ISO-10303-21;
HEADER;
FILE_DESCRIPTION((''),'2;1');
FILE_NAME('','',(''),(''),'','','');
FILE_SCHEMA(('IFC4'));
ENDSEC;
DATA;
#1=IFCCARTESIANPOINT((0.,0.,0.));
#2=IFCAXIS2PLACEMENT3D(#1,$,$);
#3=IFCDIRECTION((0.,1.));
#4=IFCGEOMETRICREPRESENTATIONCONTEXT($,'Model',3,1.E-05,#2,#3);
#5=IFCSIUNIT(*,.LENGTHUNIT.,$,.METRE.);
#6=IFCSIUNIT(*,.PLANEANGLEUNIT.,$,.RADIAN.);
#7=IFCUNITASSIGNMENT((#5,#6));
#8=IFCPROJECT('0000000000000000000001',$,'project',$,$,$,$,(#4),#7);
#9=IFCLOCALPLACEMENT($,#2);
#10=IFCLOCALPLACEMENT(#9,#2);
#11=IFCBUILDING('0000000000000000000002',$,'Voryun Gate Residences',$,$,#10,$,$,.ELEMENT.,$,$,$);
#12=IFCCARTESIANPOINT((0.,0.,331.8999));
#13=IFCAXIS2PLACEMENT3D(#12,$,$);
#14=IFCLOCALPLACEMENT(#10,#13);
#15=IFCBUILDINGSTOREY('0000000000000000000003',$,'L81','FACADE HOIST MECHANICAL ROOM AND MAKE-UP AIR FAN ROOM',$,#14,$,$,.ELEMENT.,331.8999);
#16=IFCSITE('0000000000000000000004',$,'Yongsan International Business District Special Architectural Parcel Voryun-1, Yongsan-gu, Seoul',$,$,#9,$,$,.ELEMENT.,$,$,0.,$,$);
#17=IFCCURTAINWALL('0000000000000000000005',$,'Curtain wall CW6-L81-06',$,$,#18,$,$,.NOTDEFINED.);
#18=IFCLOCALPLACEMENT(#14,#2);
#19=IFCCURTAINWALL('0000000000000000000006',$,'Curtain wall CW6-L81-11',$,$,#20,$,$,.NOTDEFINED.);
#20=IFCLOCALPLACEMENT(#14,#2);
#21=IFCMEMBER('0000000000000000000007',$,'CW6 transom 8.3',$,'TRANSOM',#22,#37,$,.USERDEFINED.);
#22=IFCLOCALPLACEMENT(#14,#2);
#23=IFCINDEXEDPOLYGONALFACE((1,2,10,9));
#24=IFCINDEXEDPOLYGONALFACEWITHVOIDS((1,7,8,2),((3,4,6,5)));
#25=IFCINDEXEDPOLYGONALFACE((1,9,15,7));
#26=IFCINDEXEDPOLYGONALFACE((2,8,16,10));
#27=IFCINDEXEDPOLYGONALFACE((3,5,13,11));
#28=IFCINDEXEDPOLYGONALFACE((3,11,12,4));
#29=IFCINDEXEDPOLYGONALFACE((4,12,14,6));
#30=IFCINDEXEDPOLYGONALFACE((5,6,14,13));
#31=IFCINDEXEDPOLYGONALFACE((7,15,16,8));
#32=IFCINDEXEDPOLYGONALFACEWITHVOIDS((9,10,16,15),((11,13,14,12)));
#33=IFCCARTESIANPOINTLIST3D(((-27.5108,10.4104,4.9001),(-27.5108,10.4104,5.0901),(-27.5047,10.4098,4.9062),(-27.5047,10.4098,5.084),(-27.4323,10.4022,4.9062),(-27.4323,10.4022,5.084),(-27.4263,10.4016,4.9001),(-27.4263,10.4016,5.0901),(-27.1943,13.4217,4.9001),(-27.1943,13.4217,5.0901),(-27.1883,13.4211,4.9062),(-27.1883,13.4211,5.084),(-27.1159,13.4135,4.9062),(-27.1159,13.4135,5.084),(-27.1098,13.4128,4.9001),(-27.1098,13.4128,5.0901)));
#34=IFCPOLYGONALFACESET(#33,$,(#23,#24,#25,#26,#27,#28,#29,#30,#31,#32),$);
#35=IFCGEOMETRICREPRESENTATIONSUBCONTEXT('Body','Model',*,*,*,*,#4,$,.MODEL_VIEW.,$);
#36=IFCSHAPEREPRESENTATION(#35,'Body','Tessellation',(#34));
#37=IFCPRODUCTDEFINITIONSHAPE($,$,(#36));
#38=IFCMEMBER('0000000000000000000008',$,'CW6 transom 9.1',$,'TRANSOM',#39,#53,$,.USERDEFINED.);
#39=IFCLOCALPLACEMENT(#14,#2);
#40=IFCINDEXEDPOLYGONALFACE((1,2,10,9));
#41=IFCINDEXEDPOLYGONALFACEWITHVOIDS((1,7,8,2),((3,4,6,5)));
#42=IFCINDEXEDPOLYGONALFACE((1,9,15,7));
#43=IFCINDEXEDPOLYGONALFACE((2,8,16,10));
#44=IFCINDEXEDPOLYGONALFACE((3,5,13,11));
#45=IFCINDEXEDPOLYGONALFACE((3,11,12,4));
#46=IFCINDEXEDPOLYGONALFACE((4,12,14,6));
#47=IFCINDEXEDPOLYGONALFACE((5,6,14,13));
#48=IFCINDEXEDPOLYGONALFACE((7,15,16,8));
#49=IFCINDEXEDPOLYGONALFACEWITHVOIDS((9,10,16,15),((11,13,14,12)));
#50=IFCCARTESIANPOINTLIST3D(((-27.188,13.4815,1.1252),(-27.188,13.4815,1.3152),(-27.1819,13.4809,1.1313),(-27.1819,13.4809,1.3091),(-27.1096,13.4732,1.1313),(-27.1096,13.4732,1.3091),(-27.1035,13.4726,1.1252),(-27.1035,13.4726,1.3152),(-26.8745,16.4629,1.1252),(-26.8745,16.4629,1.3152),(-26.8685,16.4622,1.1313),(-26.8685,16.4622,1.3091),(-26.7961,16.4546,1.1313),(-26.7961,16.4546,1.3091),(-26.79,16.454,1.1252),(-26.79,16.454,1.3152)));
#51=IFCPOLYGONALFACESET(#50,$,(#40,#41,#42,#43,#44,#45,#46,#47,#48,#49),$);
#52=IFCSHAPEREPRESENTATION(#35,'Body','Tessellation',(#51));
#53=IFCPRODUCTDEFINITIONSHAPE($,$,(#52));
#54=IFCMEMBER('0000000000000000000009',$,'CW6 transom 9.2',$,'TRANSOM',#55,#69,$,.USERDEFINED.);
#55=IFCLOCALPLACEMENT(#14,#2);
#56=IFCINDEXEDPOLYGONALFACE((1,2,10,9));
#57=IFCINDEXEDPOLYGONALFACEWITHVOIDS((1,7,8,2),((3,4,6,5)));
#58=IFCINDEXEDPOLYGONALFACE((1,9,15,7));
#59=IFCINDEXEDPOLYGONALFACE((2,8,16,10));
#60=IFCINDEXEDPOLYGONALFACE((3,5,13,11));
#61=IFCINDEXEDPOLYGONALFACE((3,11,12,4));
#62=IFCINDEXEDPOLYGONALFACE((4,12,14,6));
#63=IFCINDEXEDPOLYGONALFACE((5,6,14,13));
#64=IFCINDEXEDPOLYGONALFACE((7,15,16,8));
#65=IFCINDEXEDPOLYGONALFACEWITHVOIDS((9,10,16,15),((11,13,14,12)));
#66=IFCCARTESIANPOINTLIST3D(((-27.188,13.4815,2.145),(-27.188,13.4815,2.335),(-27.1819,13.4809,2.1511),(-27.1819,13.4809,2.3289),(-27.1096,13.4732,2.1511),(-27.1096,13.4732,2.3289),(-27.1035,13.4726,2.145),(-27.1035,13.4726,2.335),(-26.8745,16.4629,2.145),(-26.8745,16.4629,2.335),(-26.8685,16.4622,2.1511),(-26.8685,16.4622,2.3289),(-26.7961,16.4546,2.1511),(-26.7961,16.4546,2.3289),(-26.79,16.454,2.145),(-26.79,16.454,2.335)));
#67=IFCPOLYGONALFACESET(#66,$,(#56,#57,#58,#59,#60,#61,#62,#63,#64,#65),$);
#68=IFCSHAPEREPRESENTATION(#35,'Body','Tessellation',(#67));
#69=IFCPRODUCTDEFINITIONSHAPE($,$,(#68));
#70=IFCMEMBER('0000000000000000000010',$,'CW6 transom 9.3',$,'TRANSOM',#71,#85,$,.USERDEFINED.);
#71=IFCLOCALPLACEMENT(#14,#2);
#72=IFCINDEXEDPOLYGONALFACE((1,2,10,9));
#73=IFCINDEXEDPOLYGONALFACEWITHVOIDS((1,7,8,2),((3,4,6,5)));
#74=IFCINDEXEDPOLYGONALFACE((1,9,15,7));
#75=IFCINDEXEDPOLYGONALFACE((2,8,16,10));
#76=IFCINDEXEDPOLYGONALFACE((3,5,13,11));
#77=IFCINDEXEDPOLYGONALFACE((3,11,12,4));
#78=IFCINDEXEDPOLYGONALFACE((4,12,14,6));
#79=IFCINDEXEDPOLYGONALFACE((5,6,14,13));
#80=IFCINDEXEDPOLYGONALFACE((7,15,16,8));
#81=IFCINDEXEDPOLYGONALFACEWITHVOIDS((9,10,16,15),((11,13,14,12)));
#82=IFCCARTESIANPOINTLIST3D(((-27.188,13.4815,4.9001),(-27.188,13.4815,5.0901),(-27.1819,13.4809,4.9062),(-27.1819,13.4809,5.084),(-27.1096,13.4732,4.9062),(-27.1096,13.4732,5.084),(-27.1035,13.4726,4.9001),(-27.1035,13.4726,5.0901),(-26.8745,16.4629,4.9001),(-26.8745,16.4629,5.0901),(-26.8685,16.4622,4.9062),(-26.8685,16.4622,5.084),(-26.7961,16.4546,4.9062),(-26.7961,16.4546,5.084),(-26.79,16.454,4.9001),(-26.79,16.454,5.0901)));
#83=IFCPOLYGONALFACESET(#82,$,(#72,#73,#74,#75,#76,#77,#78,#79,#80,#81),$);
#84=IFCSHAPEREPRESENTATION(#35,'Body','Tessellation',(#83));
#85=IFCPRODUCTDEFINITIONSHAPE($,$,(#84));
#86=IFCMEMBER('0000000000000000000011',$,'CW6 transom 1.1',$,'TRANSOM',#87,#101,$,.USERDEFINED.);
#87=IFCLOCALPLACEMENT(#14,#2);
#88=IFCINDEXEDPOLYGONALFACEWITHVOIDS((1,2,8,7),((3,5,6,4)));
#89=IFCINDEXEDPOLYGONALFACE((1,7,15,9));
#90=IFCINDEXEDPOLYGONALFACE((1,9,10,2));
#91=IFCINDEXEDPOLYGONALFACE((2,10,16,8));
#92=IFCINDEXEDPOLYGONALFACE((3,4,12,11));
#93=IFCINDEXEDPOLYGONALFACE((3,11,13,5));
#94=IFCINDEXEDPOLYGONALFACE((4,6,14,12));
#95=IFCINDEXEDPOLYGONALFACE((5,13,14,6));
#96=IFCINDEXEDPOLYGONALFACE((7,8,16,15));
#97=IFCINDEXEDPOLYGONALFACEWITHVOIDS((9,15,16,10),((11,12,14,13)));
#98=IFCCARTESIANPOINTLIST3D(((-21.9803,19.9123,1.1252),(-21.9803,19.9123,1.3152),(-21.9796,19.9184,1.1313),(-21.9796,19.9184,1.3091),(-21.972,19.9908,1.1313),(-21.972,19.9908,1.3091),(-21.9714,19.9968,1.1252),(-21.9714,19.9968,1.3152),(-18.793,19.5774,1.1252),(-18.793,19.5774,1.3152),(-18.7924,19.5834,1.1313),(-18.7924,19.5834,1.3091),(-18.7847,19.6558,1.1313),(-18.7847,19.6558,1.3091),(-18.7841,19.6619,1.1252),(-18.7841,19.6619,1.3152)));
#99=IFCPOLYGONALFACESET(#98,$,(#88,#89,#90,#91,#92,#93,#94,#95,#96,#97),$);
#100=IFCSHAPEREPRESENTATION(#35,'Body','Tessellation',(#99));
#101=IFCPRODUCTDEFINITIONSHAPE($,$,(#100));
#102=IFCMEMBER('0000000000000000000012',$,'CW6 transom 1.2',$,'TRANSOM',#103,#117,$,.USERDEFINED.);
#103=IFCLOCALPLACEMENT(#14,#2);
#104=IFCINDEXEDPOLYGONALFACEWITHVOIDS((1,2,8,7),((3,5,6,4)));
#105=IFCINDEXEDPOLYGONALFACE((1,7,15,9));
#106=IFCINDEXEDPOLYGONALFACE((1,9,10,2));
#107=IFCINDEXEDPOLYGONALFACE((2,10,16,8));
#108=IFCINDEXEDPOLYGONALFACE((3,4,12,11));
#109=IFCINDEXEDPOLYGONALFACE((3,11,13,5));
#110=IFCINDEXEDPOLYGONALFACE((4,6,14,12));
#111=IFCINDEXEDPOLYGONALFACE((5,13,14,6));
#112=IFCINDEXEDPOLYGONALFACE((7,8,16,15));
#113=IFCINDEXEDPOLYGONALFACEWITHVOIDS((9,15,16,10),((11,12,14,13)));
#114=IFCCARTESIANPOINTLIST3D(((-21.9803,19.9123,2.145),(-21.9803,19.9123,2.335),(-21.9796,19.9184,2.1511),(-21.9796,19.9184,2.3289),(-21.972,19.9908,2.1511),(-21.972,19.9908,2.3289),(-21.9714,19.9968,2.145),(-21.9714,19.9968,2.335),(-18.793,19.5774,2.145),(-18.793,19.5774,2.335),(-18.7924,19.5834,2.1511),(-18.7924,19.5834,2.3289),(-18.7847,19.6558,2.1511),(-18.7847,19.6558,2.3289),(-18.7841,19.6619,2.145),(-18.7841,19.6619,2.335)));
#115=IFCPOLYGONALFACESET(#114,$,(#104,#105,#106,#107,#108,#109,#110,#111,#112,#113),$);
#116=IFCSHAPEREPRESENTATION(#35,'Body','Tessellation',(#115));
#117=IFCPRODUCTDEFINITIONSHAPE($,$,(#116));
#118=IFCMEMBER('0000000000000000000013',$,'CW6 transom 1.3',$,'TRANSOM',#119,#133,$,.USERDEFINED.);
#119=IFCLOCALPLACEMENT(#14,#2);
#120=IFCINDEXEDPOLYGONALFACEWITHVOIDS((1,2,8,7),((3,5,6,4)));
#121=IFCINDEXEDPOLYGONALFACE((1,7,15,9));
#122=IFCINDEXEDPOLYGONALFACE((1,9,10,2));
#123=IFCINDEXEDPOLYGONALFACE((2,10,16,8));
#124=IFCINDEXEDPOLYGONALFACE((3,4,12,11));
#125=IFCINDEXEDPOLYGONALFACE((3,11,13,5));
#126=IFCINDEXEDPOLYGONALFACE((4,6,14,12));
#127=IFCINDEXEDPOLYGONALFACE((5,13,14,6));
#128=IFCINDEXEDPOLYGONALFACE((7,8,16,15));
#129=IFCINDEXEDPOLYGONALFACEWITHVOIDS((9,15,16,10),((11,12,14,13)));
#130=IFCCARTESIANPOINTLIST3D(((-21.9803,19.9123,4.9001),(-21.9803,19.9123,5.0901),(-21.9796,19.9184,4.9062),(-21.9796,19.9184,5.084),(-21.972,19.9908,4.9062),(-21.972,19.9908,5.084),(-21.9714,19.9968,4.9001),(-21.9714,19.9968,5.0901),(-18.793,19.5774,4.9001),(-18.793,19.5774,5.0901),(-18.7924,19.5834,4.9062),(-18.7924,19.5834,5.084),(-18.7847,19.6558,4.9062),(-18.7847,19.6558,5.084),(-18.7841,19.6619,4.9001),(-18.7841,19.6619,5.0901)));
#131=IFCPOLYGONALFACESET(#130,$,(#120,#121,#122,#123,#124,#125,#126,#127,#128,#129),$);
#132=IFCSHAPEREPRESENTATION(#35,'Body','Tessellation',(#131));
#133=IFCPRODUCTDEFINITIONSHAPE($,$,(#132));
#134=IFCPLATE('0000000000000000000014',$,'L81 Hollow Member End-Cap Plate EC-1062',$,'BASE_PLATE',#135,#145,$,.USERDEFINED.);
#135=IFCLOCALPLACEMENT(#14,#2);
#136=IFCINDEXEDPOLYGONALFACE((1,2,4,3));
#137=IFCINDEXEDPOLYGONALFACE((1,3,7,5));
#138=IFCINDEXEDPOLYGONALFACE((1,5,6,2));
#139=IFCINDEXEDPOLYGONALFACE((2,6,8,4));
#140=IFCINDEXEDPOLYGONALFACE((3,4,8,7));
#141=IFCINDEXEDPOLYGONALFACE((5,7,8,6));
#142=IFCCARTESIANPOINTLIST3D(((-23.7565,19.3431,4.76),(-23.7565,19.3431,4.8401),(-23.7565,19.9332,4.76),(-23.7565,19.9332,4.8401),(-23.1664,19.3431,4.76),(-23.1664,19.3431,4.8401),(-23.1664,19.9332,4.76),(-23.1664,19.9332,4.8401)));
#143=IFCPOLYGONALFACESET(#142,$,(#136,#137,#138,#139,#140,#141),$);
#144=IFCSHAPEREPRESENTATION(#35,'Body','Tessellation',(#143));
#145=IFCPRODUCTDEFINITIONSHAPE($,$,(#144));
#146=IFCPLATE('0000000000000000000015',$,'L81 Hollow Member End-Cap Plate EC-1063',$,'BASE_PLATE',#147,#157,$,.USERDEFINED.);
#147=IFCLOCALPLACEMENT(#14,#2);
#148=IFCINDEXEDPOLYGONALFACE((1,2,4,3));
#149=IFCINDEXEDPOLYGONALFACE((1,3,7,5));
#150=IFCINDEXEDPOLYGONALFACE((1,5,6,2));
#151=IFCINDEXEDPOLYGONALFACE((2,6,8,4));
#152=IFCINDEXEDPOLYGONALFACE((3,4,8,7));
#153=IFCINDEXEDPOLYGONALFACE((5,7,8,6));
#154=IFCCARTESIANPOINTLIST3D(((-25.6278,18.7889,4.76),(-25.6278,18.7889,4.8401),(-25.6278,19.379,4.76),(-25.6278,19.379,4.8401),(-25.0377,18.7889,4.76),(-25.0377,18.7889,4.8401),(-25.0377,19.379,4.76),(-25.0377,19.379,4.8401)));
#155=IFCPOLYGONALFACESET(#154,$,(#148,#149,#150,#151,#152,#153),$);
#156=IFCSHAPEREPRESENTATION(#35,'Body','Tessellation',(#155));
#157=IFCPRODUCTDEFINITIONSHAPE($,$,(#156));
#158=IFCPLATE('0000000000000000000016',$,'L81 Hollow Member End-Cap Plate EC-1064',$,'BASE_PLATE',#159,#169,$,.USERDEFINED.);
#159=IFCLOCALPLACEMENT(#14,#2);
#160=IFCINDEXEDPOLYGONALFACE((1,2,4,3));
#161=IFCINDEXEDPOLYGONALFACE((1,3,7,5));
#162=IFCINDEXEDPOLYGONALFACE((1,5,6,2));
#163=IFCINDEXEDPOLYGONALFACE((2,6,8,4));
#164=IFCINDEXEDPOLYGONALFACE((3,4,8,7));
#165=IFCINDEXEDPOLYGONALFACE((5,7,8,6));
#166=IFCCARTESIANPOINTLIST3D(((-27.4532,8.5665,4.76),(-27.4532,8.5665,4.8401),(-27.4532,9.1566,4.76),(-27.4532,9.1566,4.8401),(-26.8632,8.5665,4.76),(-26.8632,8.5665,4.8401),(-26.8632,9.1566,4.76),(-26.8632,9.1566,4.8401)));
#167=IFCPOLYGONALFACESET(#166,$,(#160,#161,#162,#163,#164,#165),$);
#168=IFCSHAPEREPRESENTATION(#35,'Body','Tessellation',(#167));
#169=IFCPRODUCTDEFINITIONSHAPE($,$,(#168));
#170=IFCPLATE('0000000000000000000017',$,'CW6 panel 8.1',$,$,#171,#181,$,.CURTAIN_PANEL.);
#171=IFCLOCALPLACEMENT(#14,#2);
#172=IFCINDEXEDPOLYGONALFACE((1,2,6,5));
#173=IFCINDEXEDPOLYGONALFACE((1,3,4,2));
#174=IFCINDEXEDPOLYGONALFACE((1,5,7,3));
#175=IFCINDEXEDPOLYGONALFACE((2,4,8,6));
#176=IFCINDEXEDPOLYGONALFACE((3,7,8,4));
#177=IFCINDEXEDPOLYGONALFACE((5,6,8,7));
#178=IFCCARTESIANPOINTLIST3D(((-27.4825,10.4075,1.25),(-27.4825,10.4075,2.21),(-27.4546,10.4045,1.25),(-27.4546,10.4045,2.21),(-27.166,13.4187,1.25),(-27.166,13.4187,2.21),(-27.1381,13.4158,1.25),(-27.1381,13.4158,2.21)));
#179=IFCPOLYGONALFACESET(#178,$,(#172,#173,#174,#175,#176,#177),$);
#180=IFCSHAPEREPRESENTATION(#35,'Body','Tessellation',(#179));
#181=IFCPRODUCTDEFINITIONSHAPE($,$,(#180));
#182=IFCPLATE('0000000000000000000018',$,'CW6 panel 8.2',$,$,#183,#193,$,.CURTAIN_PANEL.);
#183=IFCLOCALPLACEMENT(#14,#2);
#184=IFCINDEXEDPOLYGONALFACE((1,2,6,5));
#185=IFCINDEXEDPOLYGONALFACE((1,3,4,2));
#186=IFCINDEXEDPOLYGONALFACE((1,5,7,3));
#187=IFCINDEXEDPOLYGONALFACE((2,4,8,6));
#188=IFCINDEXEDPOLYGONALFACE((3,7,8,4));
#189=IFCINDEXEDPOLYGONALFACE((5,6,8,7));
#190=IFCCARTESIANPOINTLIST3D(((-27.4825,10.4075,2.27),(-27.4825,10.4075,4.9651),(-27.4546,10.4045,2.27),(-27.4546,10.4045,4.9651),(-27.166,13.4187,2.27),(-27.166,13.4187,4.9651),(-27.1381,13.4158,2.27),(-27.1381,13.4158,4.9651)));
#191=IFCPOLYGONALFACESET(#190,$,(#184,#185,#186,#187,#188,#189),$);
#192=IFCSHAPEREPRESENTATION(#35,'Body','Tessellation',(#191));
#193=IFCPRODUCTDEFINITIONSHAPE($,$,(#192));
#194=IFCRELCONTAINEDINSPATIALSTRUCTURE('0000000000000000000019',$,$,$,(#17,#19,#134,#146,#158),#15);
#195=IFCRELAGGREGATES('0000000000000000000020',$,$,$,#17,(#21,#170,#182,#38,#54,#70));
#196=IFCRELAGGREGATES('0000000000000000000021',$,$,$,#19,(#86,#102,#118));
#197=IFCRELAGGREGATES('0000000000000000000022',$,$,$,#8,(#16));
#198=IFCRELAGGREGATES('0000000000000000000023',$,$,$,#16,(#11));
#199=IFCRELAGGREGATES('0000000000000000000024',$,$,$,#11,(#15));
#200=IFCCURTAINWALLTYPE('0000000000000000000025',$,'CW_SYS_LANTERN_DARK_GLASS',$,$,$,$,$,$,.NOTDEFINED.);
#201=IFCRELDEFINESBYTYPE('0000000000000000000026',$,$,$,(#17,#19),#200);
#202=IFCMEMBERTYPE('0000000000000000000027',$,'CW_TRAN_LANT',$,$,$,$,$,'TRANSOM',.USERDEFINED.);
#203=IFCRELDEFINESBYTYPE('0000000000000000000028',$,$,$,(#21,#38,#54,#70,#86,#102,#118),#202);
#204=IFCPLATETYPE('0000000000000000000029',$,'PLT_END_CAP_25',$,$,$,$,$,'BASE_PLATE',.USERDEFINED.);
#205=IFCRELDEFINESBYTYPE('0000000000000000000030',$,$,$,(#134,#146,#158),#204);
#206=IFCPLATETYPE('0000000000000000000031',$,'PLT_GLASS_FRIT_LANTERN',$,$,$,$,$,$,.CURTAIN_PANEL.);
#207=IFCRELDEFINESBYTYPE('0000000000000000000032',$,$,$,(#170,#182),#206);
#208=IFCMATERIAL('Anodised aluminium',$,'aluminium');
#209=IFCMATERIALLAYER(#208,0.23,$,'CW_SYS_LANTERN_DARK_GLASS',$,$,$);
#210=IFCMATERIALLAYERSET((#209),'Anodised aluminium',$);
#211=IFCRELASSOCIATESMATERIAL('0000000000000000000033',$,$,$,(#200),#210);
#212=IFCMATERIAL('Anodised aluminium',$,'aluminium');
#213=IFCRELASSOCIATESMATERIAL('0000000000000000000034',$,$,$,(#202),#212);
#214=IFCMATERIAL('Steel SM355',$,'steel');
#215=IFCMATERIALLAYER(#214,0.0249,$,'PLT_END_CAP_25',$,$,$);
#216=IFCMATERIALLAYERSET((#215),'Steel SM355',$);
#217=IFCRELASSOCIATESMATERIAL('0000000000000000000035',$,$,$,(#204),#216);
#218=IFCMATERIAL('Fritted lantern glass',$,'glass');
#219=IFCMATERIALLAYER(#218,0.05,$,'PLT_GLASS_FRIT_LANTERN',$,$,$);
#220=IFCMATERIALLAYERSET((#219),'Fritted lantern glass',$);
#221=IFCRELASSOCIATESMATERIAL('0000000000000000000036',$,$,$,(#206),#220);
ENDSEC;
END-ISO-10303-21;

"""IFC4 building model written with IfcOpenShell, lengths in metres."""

from ifc_helpers import new_model, si_unit, direction, frame, origin, origin_2d, place, context, subcontext, project, spatial, rectangle, hollow_rectangle, extrude, material, layer, layer_set, material_profile, profile_set, type_object, element, aggregate, save


model = new_model("IFC4")

# Units and contexts
model_context = context("Model", 3, precision=1e-05, world=origin(), true_north=direction((0.0, 1.0)))
body_context = subcontext(model_context, "Body", "Model", "MODEL_VIEW")
ifc_project = project(units=[si_unit("LENGTHUNIT", "METRE"), si_unit("PLANEANGLEUNIT", "RADIAN")], contexts=[model_context])

# Site, building, storey
site_placement = place(None, origin())
site = spatial("IfcSite", under=ifc_project, at=site_placement, Name="Yongsan International Business District Special Architectural Parcel Voryun-1, Yongsan-gu, Seoul", CompositionType="ELEMENT", RefElevation=0.0)
building_placement = place(site_placement, origin())
building = spatial("IfcBuilding", under=site, at=building_placement, Name="Voryun Gate Residences", CompositionType="ELEMENT")
storey_placement = place(building_placement, frame((0.0, 0.0, 331.8999)))
storey = spatial("IfcBuildingStorey", under=building, at=storey_placement, Name="L81", Description="FACADE HOIST MECHANICAL ROOM AND MAKE-UP AIR FAN ROOM", CompositionType="ELEMENT", Elevation=331.8999)

# Curtain wall
ifc_material_1 = material(Name="Anodised aluminium", Category="aluminium")
ifc_layer_1 = layer(ifc_material_1, 0.23, Name="CW_SYS_LANTERN_DARK_GLASS")
ifc_layer_set_1 = layer_set([ifc_layer_1], Name="Anodised aluminium")
curtain_wall_type = type_object("IfcCurtainWallType", Name="CW_SYS_LANTERN_DARK_GLASS", PredefinedType="NOTDEFINED", material=ifc_layer_set_1)
curtain_wall_1_placement = place(storey_placement, origin())
curtain_wall_1 = element("IfcCurtainWall", 1, at=curtain_wall_1_placement, inside=storey, type_object=curtain_wall_type, Name="Curtain wall CW6-L81-06", PredefinedType="NOTDEFINED")

# Curtain wall
curtain_wall_2_placement = place(storey_placement, origin())
curtain_wall_2 = element("IfcCurtainWall", 2, at=curtain_wall_2_placement, inside=storey, type_object=curtain_wall_type, Name="Curtain wall CW6-L81-11", PredefinedType="NOTDEFINED")

# Members
ifc_material_2 = material(Name="Anodised aluminium", Category="aluminium")
ifc_material_profile_1 = material_profile(ifc_material_2, hollow_rectangle(XDim=0.085, YDim=0.1899, WallThickness=0.0061, at=origin_2d()), Name="ALU-TRAN-190x85x6")
ifc_profile_set_1 = profile_set([ifc_material_profile_1], Name="Anodised aluminium")
member_type_1 = type_object("IfcMemberType", Name="CW_TRAN_LANT", ElementType="TRANSOM", PredefinedType="USERDEFINED", material=ifc_profile_set_1)
member_1_placement = place(storey_placement, frame((-27.4685, 10.406, 4.9951), z_axis=(0.1045, 0.994525, 0.0), x_axis=(-0.994525, 0.1045, 0.0)))
member_1 = element("IfcMember", 3, at=member_1_placement, type_object=member_type_1, Name="CW6 transom 8.3", ObjectType="TRANSOM", PredefinedType="USERDEFINED", context=body_context, shape_type="SweptSolid", body=[
    extrude(hollow_rectangle(XDim=0.085, YDim=0.1899, WallThickness=0.0061, at=origin_2d()), origin(), (0.0, 0.0, 1.0), 3.0278),
])
member_2_placement = place(storey_placement, frame((-27.1458, 13.4771, 1.2202), z_axis=(0.104566, 0.994518, 0.0), x_axis=(-0.994518, 0.104566, 0.0)))
member_2 = element("IfcMember", 4, at=member_2_placement, type_object=member_type_1, Name="CW6 transom 9.1", ObjectType="TRANSOM", PredefinedType="USERDEFINED", context=body_context, shape_type="SweptSolid", body=[
    extrude(hollow_rectangle(XDim=0.085, YDim=0.1899, WallThickness=0.0061, at=origin_2d()), origin(), (0.0, 0.0, 1.0), 2.9978),
])
member_3_placement = place(storey_placement, frame((-27.1458, 13.4771, 2.24), z_axis=(0.104566, 0.994518, 0.0), x_axis=(-0.994518, 0.104566, 0.0)))
member_3 = element("IfcMember", 5, at=member_3_placement, type_object=member_type_1, Name="CW6 transom 9.2", ObjectType="TRANSOM", PredefinedType="USERDEFINED", context=body_context, shape_type="SweptSolid", body=[
    extrude(hollow_rectangle(XDim=0.085, YDim=0.1899, WallThickness=0.0061, at=origin_2d()), origin(), (0.0, 0.0, 1.0), 2.9978),
])
member_4_placement = place(storey_placement, frame((-27.1458, 13.4771, 4.9951), z_axis=(0.104566, 0.994518, 0.0), x_axis=(-0.994518, 0.104566, 0.0)))
member_4 = element("IfcMember", 6, at=member_4_placement, type_object=member_type_1, Name="CW6 transom 9.3", ObjectType="TRANSOM", PredefinedType="USERDEFINED", context=body_context, shape_type="SweptSolid", body=[
    extrude(hollow_rectangle(XDim=0.085, YDim=0.1899, WallThickness=0.0061, at=origin_2d()), origin(), (0.0, 0.0, 1.0), 2.9978),
])
member_5_placement = place(storey_placement, frame((-21.9758, 19.9546, 1.2202), z_axis=(0.994523, -0.104518, 0.0), x_axis=(0.104518, 0.994523, 0.0)))
member_5 = element("IfcMember", 7, at=member_5_placement, type_object=member_type_1, Name="CW6 transom 1.1", ObjectType="TRANSOM", PredefinedType="USERDEFINED", context=body_context, shape_type="SweptSolid", body=[
    extrude(hollow_rectangle(XDim=0.085, YDim=0.1899, WallThickness=0.0061, at=origin_2d()), origin(), (0.0, 0.0, 1.0), 3.2048),
])
member_6_placement = place(storey_placement, frame((-21.9758, 19.9546, 2.24), z_axis=(0.994523, -0.104518, 0.0), x_axis=(0.104518, 0.994523, 0.0)))
member_6 = element("IfcMember", 8, at=member_6_placement, type_object=member_type_1, Name="CW6 transom 1.2", ObjectType="TRANSOM", PredefinedType="USERDEFINED", context=body_context, shape_type="SweptSolid", body=[
    extrude(hollow_rectangle(XDim=0.085, YDim=0.1899, WallThickness=0.0061, at=origin_2d()), origin(), (0.0, 0.0, 1.0), 3.2048),
])
member_7_placement = place(storey_placement, frame((-21.9758, 19.9546, 4.9951), z_axis=(0.994523, -0.104518, 0.0), x_axis=(0.104518, 0.994523, 0.0)))
member_7 = element("IfcMember", 9, at=member_7_placement, type_object=member_type_1, Name="CW6 transom 1.3", ObjectType="TRANSOM", PredefinedType="USERDEFINED", context=body_context, shape_type="SweptSolid", body=[
    extrude(hollow_rectangle(XDim=0.085, YDim=0.1899, WallThickness=0.0061, at=origin_2d()), origin(), (0.0, 0.0, 1.0), 3.2048),
])

# Plates
ifc_material_3 = material(Name="Steel SM355", Category="steel")
ifc_layer_2 = layer(ifc_material_3, 0.0249, Name="PLT_END_CAP_25")
ifc_layer_set_2 = layer_set([ifc_layer_2], Name="Steel SM355")
plate_type_1 = type_object("IfcPlateType", Name="PLT_END_CAP_25", ElementType="BASE_PLATE", PredefinedType="USERDEFINED", material=ifc_layer_set_2)
for number, where, z_axis, x_axis, name in (
    (10, (-23.4614, 19.6382, 4.76), (0.0, 0.0, 1.0), (1.0, 0.0, 0.0), "L81 Hollow Member End-Cap Plate EC-1062"),
    (11, (-25.3328, 19.084, 4.76), (0.0, 0.0, 1.0), (1.0, 0.0, 0.0), "L81 Hollow Member End-Cap Plate EC-1063"),
    (12, (-27.1582, 8.8616, 4.76), (0.0, 0.0, 1.0), (1.0, 0.0, 0.0), "L81 Hollow Member End-Cap Plate EC-1064"),
):
    element("IfcPlate", number, at=place(storey_placement, frame(where, z_axis=z_axis, x_axis=x_axis)), inside=storey, type_object=plate_type_1, Name=name, ObjectType="BASE_PLATE", PredefinedType="USERDEFINED", context=body_context, shape_type="SweptSolid", body=[
        extrude(rectangle(XDim=0.5901, YDim=0.5901, at=origin_2d()), origin(), (0.0, 0.0, 1.0), 0.0801),
    ])

# Plates
ifc_material_4 = material(Name="Fritted lantern glass", Category="glass")
ifc_layer_3 = layer(ifc_material_4, 0.05, Name="PLT_GLASS_FRIT_LANTERN")
ifc_layer_set_3 = layer_set([ifc_layer_3], Name="Fritted lantern glass")
plate_type_2 = type_object("IfcPlateType", Name="PLT_GLASS_FRIT_LANTERN", PredefinedType="CURTAIN_PANEL", material=ifc_layer_set_3)
plate_1_placement = place(storey_placement, frame((-27.3103, 11.9116, 1.25), z_axis=(0.0, 0.0, 1.0), x_axis=(0.104528, 0.994522, 0.0)))
plate_1 = element("IfcPlate", 13, at=plate_1_placement, type_object=plate_type_2, Name="CW6 panel 8.1", PredefinedType="CURTAIN_PANEL", context=body_context, shape_type="SweptSolid", body=[
    extrude(rectangle(XDim=3.0278, YDim=0.0281, at=origin_2d()), origin(), (0.0, 0.0, 1.0), 0.96),
])
plate_2_placement = place(storey_placement, frame((-27.3103, 11.9116, 2.27), z_axis=(0.0, 0.0, 1.0), x_axis=(0.104528, 0.994522, 0.0)))
plate_2 = element("IfcPlate", 14, at=plate_2_placement, type_object=plate_type_2, Name="CW6 panel 8.2", PredefinedType="CURTAIN_PANEL", context=body_context, shape_type="SweptSolid", body=[
    extrude(rectangle(XDim=3.0278, YDim=0.0281, at=origin_2d()), origin(), (0.0, 0.0, 1.0), 2.6951),
])
aggregate(curtain_wall_1, [member_1, plate_1, plate_2, member_2, member_3, member_4])
aggregate(curtain_wall_2, [member_5, member_6, member_7])

save(model, "model.ifc")
